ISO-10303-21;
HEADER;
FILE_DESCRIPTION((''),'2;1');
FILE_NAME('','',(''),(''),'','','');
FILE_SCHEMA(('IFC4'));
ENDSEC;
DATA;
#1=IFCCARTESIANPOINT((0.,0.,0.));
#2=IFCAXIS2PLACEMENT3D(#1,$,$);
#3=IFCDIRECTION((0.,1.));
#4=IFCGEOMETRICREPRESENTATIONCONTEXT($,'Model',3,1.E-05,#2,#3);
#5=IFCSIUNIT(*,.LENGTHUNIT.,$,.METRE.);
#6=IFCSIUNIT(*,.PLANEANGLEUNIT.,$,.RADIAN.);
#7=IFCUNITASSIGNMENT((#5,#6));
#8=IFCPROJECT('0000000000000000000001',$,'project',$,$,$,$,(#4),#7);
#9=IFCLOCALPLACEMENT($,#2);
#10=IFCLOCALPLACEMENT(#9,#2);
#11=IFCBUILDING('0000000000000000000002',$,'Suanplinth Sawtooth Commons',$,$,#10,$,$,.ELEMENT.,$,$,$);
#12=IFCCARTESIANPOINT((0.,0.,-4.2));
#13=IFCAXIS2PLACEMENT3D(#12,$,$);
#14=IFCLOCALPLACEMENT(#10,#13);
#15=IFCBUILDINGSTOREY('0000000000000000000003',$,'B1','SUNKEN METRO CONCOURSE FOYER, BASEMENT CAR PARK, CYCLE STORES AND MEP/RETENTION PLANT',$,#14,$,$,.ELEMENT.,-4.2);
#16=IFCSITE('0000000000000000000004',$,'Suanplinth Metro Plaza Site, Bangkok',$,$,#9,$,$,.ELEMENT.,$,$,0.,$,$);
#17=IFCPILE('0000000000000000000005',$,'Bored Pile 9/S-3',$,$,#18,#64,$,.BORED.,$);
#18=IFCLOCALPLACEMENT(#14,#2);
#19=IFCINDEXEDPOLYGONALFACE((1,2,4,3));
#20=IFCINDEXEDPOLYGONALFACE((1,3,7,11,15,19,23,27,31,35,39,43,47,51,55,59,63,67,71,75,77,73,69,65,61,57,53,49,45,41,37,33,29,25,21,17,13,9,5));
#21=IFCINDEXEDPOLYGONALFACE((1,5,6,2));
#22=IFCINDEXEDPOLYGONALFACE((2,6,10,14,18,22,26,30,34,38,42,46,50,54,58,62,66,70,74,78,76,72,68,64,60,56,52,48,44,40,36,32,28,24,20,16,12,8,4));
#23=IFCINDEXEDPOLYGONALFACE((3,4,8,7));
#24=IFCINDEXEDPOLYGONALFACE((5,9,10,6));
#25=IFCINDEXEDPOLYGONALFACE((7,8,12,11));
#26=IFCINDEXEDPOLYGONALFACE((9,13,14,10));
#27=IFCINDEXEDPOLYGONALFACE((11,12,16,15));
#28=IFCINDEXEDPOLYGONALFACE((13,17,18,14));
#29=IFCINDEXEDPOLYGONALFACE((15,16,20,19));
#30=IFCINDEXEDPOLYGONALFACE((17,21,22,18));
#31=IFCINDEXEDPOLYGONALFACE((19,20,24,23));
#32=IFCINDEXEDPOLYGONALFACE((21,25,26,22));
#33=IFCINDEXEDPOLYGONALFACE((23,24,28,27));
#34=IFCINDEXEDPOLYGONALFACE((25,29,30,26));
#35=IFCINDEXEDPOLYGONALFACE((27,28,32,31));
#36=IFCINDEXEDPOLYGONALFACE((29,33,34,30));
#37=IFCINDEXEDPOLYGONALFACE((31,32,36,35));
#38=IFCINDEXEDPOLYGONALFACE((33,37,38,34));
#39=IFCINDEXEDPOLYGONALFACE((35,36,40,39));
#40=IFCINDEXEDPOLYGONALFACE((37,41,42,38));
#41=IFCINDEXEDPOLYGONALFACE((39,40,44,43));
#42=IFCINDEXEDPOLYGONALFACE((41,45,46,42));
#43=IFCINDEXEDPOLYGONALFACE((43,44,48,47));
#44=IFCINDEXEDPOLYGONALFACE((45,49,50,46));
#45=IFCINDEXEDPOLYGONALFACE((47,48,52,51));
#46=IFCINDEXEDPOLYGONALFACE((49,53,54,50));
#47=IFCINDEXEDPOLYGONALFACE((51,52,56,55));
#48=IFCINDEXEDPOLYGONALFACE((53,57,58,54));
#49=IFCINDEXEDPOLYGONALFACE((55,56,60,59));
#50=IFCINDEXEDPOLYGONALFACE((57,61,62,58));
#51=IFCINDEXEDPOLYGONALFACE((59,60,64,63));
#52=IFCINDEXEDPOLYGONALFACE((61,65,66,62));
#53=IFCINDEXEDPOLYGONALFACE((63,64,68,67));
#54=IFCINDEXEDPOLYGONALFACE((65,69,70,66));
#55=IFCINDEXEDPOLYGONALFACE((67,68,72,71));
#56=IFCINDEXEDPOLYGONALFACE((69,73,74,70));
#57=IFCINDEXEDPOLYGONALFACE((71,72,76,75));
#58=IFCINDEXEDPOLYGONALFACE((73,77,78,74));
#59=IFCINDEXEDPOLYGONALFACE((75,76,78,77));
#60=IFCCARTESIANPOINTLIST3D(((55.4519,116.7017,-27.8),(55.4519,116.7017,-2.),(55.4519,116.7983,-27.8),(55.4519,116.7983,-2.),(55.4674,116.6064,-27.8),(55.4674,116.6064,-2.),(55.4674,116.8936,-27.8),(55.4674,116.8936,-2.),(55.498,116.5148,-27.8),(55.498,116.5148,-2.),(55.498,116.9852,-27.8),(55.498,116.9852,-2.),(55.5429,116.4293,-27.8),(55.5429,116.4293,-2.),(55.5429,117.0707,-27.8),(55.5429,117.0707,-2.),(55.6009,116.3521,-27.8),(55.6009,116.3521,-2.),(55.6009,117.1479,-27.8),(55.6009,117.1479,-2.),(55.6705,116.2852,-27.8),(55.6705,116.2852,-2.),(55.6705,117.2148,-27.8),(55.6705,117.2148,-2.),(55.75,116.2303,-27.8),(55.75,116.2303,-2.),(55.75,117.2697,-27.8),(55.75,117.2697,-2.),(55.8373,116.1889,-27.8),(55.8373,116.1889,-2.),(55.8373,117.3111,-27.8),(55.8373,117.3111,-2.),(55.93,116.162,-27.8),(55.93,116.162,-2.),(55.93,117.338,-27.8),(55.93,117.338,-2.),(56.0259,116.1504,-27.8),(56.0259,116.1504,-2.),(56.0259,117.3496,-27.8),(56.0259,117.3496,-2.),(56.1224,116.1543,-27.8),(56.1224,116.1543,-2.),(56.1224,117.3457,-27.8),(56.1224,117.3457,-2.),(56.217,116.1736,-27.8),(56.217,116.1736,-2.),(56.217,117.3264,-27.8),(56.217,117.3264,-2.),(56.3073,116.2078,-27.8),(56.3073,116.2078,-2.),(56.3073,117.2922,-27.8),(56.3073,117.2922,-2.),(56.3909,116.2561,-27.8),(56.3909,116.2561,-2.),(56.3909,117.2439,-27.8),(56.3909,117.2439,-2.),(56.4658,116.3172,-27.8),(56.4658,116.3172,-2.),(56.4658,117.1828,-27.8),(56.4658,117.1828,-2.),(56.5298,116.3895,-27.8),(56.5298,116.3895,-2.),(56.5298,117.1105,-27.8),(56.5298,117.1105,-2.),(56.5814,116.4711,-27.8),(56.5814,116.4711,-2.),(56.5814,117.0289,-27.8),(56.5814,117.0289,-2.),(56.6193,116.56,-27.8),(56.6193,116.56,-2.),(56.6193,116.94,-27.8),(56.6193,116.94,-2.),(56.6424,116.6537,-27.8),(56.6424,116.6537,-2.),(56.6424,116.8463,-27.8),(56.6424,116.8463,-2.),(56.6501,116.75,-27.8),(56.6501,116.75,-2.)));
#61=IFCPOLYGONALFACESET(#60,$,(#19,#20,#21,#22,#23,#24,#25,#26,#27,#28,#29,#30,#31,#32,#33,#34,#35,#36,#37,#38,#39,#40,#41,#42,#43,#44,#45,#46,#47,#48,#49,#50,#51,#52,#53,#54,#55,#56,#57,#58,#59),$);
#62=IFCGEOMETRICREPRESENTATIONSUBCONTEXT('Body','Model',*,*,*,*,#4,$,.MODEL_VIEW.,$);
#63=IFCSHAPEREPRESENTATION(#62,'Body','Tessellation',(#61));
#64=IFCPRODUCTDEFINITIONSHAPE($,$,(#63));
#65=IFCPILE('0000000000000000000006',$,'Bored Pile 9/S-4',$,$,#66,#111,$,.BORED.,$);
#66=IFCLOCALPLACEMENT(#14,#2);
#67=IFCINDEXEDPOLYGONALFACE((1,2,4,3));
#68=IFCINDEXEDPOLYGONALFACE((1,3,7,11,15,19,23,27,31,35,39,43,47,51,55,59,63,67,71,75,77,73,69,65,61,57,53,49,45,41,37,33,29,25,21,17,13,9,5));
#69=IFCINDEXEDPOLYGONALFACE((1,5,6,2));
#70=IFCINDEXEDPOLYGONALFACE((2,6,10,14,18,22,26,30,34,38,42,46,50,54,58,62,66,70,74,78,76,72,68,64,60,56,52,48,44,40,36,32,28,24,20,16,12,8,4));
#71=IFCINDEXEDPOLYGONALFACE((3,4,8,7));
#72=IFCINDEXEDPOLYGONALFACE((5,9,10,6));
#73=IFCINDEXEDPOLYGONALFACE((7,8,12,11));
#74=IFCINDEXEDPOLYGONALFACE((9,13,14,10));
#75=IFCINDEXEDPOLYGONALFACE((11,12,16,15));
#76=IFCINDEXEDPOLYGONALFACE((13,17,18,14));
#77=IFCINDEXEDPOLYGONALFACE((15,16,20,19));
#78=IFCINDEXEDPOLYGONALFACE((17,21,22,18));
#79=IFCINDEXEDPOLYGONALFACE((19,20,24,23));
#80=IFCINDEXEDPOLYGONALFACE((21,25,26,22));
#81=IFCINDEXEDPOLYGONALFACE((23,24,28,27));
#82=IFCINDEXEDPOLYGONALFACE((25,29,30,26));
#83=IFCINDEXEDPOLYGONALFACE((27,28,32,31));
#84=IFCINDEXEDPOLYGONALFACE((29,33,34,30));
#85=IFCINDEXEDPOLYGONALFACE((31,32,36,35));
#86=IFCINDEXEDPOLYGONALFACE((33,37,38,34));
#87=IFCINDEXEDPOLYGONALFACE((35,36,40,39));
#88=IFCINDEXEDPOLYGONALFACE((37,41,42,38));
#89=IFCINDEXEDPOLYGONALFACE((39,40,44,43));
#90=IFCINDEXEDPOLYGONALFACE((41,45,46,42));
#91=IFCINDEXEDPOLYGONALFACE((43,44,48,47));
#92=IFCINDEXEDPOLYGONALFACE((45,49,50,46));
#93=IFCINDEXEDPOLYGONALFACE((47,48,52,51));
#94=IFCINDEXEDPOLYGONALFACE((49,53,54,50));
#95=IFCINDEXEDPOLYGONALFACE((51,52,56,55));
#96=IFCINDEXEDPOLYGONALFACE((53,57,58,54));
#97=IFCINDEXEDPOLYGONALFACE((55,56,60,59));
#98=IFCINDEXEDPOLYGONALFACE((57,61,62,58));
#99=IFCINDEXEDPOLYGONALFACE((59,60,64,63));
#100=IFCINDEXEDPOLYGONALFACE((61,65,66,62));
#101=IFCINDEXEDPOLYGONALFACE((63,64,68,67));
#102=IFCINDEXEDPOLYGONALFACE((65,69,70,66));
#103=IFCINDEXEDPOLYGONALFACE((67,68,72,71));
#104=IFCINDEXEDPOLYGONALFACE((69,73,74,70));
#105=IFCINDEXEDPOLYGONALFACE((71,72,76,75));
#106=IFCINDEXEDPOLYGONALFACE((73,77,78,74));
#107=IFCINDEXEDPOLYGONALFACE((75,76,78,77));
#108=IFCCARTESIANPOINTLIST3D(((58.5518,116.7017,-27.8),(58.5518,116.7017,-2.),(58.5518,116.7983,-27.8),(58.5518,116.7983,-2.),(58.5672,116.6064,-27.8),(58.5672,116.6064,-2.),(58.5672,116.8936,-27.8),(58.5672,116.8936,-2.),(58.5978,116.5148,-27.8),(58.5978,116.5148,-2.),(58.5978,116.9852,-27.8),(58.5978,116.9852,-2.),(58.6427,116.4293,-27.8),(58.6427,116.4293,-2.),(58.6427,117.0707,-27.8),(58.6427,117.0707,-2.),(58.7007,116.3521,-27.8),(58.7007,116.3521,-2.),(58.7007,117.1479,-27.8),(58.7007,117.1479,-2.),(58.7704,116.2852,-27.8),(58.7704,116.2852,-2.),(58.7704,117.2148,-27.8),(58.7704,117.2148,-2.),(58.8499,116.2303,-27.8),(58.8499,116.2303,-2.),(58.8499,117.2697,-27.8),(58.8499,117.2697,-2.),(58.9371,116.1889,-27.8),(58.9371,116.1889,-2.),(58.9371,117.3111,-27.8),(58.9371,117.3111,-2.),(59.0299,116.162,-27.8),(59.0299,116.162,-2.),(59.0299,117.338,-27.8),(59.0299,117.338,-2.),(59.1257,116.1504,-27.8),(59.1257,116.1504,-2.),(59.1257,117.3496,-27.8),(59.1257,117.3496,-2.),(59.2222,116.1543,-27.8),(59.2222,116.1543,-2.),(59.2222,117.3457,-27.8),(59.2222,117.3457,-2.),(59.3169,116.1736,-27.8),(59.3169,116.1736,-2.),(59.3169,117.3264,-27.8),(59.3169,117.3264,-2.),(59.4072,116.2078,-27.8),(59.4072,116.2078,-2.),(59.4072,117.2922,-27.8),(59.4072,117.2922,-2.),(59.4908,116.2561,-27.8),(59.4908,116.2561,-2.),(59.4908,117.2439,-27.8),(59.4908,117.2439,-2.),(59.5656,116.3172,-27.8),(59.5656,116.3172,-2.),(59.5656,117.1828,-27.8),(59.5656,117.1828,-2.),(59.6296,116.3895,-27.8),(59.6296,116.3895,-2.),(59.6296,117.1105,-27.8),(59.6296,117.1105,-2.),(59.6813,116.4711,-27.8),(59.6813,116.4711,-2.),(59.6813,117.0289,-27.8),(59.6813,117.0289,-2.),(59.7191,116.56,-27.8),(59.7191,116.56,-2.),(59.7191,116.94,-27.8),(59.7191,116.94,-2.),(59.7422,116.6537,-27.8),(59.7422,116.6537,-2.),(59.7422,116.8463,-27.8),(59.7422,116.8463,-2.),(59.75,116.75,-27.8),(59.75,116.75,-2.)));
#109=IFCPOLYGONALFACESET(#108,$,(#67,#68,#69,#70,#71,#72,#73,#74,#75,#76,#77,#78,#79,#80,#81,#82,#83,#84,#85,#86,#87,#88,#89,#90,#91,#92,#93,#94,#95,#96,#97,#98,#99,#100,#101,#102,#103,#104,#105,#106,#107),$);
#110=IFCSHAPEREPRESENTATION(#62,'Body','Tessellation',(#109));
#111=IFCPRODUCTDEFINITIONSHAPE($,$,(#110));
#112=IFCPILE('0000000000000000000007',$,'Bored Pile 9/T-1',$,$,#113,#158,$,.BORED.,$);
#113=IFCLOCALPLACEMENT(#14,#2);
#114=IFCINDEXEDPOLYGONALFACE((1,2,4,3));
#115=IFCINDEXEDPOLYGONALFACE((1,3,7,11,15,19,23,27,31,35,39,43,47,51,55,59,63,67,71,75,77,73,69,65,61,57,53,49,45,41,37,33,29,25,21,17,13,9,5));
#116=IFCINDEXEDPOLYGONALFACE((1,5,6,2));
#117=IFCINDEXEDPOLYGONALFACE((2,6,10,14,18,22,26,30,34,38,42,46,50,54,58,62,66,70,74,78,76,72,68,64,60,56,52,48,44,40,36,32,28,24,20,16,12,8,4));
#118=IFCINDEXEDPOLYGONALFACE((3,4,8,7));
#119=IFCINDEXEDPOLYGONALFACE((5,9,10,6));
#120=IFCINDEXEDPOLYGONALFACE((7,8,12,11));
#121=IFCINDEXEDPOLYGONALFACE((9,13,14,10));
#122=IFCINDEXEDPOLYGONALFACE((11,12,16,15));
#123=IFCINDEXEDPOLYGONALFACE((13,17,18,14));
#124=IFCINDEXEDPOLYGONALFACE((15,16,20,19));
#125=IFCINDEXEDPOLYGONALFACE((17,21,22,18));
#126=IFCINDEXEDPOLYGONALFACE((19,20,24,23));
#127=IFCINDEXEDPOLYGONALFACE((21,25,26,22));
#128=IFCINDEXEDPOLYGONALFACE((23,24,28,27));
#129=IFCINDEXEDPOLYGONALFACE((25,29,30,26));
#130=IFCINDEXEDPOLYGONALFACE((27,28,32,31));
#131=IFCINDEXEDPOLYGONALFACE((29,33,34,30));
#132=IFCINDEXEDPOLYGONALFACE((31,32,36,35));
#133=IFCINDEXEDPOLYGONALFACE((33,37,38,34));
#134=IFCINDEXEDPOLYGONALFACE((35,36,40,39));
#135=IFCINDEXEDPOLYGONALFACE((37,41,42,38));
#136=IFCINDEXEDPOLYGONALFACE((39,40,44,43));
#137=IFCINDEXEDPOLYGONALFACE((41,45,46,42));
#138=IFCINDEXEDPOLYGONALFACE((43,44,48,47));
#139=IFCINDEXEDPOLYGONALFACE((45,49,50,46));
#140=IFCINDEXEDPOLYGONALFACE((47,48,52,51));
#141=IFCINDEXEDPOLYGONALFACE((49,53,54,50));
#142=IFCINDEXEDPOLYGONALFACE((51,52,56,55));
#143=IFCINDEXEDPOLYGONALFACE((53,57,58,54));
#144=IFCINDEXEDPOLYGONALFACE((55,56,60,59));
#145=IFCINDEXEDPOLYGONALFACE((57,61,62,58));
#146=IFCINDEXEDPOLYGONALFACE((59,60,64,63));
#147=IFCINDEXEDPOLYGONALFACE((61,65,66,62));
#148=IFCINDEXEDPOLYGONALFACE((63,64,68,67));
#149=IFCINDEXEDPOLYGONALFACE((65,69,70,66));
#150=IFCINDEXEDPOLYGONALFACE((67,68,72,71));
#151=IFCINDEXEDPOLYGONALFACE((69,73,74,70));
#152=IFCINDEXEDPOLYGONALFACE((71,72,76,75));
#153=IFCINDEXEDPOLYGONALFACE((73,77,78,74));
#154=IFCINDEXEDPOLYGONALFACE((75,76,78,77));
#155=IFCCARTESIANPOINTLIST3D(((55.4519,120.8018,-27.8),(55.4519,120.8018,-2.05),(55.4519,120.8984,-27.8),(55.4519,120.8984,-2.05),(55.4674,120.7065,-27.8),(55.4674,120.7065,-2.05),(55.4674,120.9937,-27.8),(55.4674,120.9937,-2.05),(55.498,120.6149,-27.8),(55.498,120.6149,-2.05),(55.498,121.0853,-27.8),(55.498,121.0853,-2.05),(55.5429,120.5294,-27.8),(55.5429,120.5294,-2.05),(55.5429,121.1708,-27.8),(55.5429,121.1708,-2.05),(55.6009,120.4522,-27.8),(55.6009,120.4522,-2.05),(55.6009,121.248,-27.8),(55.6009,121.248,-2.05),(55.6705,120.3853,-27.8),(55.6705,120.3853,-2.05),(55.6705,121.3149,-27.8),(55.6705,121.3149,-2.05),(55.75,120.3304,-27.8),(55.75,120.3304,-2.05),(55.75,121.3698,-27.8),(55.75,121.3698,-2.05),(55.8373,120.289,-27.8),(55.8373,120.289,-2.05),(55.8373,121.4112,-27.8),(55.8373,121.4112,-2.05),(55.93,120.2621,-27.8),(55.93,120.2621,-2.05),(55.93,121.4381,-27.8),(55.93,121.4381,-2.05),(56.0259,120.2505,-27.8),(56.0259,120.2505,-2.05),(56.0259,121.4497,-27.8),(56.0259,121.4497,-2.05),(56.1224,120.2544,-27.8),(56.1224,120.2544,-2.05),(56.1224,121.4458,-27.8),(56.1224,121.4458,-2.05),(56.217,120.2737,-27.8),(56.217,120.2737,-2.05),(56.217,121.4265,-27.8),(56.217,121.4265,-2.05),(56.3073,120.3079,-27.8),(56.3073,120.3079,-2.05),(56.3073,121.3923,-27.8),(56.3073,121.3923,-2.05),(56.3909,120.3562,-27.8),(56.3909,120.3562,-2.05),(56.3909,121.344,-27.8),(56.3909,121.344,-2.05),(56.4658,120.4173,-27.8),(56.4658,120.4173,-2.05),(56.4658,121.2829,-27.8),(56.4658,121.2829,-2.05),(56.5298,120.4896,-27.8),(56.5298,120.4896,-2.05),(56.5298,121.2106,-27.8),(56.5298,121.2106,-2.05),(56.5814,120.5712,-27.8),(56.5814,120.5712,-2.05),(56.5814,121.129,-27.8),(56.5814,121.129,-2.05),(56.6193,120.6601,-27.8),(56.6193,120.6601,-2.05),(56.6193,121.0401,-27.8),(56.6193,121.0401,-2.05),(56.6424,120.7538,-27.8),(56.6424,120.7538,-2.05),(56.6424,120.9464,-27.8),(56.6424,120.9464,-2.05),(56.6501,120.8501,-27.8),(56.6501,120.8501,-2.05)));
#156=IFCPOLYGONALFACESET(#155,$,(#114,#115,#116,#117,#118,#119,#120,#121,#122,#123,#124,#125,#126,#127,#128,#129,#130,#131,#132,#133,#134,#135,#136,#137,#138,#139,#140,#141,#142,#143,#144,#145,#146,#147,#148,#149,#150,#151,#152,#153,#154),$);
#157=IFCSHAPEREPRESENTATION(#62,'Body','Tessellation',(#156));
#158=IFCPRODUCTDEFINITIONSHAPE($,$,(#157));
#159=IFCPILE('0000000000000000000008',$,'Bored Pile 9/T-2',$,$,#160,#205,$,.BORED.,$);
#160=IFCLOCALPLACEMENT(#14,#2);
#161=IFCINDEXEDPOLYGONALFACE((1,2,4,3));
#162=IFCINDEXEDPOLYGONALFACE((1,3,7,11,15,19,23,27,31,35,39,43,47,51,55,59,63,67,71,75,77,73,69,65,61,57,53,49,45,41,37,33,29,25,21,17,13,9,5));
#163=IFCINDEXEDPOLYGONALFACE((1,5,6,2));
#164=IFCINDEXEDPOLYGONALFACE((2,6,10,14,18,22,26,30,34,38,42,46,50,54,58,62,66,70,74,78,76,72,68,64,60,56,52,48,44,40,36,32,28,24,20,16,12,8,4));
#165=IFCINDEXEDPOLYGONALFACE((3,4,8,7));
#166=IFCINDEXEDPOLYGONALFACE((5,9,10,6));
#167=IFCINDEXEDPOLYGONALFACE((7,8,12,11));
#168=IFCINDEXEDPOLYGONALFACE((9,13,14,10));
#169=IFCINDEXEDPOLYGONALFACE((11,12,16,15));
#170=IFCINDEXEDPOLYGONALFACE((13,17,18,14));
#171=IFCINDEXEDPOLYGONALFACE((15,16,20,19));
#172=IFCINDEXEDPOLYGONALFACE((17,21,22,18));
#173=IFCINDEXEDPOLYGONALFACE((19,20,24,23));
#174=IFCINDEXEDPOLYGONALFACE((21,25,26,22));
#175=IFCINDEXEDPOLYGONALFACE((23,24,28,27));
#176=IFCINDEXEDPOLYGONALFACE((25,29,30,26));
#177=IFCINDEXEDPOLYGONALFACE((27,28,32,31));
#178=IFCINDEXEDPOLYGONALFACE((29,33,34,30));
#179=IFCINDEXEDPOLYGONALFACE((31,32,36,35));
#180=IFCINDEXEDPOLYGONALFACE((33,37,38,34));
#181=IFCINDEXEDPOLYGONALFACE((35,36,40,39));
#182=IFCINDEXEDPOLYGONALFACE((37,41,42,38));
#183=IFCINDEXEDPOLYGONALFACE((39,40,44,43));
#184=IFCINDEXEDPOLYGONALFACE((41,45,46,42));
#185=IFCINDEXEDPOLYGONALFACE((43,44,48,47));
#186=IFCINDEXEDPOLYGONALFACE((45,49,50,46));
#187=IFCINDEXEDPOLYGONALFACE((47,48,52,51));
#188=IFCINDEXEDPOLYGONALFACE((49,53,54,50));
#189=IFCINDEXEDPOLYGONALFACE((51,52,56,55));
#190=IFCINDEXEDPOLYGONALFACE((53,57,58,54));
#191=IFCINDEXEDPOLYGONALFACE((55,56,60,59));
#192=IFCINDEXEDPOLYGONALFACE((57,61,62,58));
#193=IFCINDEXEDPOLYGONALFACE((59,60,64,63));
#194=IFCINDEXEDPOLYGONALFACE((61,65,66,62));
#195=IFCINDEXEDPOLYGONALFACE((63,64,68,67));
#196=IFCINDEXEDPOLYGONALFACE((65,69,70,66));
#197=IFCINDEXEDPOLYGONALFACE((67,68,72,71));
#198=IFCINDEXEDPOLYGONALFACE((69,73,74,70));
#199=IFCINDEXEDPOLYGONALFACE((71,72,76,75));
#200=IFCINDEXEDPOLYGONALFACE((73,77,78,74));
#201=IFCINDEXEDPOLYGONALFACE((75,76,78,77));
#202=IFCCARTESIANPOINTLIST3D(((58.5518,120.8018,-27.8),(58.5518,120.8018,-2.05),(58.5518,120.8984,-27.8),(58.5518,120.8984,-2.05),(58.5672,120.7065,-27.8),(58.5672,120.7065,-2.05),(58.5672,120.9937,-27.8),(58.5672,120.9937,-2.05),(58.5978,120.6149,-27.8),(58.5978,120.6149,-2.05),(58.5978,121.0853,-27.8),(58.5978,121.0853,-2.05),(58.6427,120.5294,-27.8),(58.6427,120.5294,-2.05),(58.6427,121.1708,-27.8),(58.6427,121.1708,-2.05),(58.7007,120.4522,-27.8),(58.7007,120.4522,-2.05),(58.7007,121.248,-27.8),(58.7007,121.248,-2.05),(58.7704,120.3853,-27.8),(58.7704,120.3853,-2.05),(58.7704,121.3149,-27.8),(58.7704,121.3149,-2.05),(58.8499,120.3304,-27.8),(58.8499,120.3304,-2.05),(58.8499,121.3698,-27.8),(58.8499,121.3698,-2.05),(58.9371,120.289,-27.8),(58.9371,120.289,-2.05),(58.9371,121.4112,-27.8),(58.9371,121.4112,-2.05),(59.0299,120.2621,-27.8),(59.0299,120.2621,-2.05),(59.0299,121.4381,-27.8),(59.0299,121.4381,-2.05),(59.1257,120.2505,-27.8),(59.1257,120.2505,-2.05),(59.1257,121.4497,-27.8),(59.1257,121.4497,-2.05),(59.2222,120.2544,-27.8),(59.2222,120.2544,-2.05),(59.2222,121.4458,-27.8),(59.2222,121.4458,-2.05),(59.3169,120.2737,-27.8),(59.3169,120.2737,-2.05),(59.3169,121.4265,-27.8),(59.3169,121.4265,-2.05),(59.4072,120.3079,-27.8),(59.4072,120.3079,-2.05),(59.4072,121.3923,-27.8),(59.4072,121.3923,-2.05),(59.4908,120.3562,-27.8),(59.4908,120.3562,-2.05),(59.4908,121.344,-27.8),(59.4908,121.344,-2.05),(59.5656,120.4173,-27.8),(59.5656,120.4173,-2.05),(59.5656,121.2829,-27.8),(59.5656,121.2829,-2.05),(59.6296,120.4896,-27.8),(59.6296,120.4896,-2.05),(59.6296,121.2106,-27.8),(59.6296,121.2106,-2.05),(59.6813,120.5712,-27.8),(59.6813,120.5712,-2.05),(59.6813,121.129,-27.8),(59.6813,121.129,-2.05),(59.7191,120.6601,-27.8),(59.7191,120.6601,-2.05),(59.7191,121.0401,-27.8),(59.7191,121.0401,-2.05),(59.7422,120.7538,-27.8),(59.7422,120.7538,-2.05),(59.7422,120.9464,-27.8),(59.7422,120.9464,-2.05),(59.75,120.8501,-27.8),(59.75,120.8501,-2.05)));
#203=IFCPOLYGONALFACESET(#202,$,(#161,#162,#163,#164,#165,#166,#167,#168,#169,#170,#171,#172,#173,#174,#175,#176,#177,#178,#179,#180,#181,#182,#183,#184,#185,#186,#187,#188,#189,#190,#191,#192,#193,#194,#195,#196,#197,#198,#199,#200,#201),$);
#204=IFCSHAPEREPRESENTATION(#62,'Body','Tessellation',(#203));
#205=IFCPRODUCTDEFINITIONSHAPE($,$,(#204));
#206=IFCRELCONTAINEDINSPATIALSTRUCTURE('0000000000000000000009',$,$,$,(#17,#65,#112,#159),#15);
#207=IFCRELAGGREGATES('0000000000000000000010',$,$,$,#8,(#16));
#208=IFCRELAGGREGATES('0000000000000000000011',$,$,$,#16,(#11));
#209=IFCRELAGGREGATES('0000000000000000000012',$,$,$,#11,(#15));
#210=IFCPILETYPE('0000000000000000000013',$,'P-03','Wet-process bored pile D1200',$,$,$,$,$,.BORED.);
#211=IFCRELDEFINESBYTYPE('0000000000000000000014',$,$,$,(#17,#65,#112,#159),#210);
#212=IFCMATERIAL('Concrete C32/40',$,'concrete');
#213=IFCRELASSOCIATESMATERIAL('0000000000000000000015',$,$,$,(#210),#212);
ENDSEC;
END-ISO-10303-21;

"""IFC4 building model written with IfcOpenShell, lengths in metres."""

from ifc_helpers import new_model, si_unit, direction, frame, origin, origin_2d, place, context, subcontext, project, spatial, circle, extrude, material, material_profile, profile_set, type_object, element, save


model = new_model("IFC4")

# Units and contexts
model_context = context("Model", 3, precision=1e-05, world=origin(), true_north=direction((0.0, 1.0)))
body_context = subcontext(model_context, "Body", "Model", "MODEL_VIEW")
ifc_project = project(units=[si_unit("LENGTHUNIT", "METRE"), si_unit("PLANEANGLEUNIT", "RADIAN")], contexts=[model_context])

# Site, building, storey
site_placement = place(None, origin())
site = spatial("IfcSite", under=ifc_project, at=site_placement, Name="Suanplinth Metro Plaza Site, Bangkok", CompositionType="ELEMENT", RefElevation=0.0)
building_placement = place(site_placement, origin())
building = spatial("IfcBuilding", under=site, at=building_placement, Name="Suanplinth Sawtooth Commons", CompositionType="ELEMENT")
storey_placement = place(building_placement, frame((0.0, 0.0, -4.2)))
storey = spatial("IfcBuildingStorey", under=building, at=storey_placement, Name="B1", Description="SUNKEN METRO CONCOURSE FOYER, BASEMENT CAR PARK, CYCLE STORES AND MEP/RETENTION PLANT", CompositionType="ELEMENT", Elevation=-4.2)

# Piles
ifc_material_1 = material(Name="Concrete C32/40", Category="concrete")
ifc_material_profile_1 = material_profile(ifc_material_1, circle(Radius=0.6001, at=origin_2d()), Name="PILE D1200")
ifc_profile_set_1 = profile_set([ifc_material_profile_1], Name="Concrete C32/40")
pile_type = type_object("IfcPileType", Name="P-03", Description="Wet-process bored pile D1200", PredefinedType="BORED", material=ifc_profile_set_1)
for number, where, z_axis, x_axis, name in (
    (1, (56.05, 116.75, -2.0), (0.0, 0.0, -1.0), (1.0, 0.0, 0.0), "Bored Pile 9/S-3"),
    (2, (59.1499, 116.75, -2.0), (0.0, 0.0, -1.0), (1.0, 0.0, 0.0), "Bored Pile 9/S-4"),
):
    element("IfcPile", number, at=place(storey_placement, frame(where, z_axis=z_axis, x_axis=x_axis)), inside=storey, type_object=pile_type, Name=name, PredefinedType="BORED", context=body_context, shape_type="SweptSolid", body=[
        extrude(circle(Radius=0.6001, at=origin_2d()), origin(), (0.0, 0.0, 1.0), 25.8),
    ])
for number, where, z_axis, x_axis, name in (
    (3, (56.05, 120.8501, -2.05), (0.0, 0.0, -1.0), (1.0, 0.0, 0.0), "Bored Pile 9/T-1"),
    (4, (59.1499, 120.8501, -2.05), (0.0, 0.0, -1.0), (1.0, 0.0, 0.0), "Bored Pile 9/T-2"),
):
    element("IfcPile", number, at=place(storey_placement, frame(where, z_axis=z_axis, x_axis=x_axis)), inside=storey, type_object=pile_type, Name=name, PredefinedType="BORED", context=body_context, shape_type="SweptSolid", body=[
        extrude(circle(Radius=0.6001, at=origin_2d()), origin(), (0.0, 0.0, 1.0), 25.75),
    ])

save(model, "model.ifc")
